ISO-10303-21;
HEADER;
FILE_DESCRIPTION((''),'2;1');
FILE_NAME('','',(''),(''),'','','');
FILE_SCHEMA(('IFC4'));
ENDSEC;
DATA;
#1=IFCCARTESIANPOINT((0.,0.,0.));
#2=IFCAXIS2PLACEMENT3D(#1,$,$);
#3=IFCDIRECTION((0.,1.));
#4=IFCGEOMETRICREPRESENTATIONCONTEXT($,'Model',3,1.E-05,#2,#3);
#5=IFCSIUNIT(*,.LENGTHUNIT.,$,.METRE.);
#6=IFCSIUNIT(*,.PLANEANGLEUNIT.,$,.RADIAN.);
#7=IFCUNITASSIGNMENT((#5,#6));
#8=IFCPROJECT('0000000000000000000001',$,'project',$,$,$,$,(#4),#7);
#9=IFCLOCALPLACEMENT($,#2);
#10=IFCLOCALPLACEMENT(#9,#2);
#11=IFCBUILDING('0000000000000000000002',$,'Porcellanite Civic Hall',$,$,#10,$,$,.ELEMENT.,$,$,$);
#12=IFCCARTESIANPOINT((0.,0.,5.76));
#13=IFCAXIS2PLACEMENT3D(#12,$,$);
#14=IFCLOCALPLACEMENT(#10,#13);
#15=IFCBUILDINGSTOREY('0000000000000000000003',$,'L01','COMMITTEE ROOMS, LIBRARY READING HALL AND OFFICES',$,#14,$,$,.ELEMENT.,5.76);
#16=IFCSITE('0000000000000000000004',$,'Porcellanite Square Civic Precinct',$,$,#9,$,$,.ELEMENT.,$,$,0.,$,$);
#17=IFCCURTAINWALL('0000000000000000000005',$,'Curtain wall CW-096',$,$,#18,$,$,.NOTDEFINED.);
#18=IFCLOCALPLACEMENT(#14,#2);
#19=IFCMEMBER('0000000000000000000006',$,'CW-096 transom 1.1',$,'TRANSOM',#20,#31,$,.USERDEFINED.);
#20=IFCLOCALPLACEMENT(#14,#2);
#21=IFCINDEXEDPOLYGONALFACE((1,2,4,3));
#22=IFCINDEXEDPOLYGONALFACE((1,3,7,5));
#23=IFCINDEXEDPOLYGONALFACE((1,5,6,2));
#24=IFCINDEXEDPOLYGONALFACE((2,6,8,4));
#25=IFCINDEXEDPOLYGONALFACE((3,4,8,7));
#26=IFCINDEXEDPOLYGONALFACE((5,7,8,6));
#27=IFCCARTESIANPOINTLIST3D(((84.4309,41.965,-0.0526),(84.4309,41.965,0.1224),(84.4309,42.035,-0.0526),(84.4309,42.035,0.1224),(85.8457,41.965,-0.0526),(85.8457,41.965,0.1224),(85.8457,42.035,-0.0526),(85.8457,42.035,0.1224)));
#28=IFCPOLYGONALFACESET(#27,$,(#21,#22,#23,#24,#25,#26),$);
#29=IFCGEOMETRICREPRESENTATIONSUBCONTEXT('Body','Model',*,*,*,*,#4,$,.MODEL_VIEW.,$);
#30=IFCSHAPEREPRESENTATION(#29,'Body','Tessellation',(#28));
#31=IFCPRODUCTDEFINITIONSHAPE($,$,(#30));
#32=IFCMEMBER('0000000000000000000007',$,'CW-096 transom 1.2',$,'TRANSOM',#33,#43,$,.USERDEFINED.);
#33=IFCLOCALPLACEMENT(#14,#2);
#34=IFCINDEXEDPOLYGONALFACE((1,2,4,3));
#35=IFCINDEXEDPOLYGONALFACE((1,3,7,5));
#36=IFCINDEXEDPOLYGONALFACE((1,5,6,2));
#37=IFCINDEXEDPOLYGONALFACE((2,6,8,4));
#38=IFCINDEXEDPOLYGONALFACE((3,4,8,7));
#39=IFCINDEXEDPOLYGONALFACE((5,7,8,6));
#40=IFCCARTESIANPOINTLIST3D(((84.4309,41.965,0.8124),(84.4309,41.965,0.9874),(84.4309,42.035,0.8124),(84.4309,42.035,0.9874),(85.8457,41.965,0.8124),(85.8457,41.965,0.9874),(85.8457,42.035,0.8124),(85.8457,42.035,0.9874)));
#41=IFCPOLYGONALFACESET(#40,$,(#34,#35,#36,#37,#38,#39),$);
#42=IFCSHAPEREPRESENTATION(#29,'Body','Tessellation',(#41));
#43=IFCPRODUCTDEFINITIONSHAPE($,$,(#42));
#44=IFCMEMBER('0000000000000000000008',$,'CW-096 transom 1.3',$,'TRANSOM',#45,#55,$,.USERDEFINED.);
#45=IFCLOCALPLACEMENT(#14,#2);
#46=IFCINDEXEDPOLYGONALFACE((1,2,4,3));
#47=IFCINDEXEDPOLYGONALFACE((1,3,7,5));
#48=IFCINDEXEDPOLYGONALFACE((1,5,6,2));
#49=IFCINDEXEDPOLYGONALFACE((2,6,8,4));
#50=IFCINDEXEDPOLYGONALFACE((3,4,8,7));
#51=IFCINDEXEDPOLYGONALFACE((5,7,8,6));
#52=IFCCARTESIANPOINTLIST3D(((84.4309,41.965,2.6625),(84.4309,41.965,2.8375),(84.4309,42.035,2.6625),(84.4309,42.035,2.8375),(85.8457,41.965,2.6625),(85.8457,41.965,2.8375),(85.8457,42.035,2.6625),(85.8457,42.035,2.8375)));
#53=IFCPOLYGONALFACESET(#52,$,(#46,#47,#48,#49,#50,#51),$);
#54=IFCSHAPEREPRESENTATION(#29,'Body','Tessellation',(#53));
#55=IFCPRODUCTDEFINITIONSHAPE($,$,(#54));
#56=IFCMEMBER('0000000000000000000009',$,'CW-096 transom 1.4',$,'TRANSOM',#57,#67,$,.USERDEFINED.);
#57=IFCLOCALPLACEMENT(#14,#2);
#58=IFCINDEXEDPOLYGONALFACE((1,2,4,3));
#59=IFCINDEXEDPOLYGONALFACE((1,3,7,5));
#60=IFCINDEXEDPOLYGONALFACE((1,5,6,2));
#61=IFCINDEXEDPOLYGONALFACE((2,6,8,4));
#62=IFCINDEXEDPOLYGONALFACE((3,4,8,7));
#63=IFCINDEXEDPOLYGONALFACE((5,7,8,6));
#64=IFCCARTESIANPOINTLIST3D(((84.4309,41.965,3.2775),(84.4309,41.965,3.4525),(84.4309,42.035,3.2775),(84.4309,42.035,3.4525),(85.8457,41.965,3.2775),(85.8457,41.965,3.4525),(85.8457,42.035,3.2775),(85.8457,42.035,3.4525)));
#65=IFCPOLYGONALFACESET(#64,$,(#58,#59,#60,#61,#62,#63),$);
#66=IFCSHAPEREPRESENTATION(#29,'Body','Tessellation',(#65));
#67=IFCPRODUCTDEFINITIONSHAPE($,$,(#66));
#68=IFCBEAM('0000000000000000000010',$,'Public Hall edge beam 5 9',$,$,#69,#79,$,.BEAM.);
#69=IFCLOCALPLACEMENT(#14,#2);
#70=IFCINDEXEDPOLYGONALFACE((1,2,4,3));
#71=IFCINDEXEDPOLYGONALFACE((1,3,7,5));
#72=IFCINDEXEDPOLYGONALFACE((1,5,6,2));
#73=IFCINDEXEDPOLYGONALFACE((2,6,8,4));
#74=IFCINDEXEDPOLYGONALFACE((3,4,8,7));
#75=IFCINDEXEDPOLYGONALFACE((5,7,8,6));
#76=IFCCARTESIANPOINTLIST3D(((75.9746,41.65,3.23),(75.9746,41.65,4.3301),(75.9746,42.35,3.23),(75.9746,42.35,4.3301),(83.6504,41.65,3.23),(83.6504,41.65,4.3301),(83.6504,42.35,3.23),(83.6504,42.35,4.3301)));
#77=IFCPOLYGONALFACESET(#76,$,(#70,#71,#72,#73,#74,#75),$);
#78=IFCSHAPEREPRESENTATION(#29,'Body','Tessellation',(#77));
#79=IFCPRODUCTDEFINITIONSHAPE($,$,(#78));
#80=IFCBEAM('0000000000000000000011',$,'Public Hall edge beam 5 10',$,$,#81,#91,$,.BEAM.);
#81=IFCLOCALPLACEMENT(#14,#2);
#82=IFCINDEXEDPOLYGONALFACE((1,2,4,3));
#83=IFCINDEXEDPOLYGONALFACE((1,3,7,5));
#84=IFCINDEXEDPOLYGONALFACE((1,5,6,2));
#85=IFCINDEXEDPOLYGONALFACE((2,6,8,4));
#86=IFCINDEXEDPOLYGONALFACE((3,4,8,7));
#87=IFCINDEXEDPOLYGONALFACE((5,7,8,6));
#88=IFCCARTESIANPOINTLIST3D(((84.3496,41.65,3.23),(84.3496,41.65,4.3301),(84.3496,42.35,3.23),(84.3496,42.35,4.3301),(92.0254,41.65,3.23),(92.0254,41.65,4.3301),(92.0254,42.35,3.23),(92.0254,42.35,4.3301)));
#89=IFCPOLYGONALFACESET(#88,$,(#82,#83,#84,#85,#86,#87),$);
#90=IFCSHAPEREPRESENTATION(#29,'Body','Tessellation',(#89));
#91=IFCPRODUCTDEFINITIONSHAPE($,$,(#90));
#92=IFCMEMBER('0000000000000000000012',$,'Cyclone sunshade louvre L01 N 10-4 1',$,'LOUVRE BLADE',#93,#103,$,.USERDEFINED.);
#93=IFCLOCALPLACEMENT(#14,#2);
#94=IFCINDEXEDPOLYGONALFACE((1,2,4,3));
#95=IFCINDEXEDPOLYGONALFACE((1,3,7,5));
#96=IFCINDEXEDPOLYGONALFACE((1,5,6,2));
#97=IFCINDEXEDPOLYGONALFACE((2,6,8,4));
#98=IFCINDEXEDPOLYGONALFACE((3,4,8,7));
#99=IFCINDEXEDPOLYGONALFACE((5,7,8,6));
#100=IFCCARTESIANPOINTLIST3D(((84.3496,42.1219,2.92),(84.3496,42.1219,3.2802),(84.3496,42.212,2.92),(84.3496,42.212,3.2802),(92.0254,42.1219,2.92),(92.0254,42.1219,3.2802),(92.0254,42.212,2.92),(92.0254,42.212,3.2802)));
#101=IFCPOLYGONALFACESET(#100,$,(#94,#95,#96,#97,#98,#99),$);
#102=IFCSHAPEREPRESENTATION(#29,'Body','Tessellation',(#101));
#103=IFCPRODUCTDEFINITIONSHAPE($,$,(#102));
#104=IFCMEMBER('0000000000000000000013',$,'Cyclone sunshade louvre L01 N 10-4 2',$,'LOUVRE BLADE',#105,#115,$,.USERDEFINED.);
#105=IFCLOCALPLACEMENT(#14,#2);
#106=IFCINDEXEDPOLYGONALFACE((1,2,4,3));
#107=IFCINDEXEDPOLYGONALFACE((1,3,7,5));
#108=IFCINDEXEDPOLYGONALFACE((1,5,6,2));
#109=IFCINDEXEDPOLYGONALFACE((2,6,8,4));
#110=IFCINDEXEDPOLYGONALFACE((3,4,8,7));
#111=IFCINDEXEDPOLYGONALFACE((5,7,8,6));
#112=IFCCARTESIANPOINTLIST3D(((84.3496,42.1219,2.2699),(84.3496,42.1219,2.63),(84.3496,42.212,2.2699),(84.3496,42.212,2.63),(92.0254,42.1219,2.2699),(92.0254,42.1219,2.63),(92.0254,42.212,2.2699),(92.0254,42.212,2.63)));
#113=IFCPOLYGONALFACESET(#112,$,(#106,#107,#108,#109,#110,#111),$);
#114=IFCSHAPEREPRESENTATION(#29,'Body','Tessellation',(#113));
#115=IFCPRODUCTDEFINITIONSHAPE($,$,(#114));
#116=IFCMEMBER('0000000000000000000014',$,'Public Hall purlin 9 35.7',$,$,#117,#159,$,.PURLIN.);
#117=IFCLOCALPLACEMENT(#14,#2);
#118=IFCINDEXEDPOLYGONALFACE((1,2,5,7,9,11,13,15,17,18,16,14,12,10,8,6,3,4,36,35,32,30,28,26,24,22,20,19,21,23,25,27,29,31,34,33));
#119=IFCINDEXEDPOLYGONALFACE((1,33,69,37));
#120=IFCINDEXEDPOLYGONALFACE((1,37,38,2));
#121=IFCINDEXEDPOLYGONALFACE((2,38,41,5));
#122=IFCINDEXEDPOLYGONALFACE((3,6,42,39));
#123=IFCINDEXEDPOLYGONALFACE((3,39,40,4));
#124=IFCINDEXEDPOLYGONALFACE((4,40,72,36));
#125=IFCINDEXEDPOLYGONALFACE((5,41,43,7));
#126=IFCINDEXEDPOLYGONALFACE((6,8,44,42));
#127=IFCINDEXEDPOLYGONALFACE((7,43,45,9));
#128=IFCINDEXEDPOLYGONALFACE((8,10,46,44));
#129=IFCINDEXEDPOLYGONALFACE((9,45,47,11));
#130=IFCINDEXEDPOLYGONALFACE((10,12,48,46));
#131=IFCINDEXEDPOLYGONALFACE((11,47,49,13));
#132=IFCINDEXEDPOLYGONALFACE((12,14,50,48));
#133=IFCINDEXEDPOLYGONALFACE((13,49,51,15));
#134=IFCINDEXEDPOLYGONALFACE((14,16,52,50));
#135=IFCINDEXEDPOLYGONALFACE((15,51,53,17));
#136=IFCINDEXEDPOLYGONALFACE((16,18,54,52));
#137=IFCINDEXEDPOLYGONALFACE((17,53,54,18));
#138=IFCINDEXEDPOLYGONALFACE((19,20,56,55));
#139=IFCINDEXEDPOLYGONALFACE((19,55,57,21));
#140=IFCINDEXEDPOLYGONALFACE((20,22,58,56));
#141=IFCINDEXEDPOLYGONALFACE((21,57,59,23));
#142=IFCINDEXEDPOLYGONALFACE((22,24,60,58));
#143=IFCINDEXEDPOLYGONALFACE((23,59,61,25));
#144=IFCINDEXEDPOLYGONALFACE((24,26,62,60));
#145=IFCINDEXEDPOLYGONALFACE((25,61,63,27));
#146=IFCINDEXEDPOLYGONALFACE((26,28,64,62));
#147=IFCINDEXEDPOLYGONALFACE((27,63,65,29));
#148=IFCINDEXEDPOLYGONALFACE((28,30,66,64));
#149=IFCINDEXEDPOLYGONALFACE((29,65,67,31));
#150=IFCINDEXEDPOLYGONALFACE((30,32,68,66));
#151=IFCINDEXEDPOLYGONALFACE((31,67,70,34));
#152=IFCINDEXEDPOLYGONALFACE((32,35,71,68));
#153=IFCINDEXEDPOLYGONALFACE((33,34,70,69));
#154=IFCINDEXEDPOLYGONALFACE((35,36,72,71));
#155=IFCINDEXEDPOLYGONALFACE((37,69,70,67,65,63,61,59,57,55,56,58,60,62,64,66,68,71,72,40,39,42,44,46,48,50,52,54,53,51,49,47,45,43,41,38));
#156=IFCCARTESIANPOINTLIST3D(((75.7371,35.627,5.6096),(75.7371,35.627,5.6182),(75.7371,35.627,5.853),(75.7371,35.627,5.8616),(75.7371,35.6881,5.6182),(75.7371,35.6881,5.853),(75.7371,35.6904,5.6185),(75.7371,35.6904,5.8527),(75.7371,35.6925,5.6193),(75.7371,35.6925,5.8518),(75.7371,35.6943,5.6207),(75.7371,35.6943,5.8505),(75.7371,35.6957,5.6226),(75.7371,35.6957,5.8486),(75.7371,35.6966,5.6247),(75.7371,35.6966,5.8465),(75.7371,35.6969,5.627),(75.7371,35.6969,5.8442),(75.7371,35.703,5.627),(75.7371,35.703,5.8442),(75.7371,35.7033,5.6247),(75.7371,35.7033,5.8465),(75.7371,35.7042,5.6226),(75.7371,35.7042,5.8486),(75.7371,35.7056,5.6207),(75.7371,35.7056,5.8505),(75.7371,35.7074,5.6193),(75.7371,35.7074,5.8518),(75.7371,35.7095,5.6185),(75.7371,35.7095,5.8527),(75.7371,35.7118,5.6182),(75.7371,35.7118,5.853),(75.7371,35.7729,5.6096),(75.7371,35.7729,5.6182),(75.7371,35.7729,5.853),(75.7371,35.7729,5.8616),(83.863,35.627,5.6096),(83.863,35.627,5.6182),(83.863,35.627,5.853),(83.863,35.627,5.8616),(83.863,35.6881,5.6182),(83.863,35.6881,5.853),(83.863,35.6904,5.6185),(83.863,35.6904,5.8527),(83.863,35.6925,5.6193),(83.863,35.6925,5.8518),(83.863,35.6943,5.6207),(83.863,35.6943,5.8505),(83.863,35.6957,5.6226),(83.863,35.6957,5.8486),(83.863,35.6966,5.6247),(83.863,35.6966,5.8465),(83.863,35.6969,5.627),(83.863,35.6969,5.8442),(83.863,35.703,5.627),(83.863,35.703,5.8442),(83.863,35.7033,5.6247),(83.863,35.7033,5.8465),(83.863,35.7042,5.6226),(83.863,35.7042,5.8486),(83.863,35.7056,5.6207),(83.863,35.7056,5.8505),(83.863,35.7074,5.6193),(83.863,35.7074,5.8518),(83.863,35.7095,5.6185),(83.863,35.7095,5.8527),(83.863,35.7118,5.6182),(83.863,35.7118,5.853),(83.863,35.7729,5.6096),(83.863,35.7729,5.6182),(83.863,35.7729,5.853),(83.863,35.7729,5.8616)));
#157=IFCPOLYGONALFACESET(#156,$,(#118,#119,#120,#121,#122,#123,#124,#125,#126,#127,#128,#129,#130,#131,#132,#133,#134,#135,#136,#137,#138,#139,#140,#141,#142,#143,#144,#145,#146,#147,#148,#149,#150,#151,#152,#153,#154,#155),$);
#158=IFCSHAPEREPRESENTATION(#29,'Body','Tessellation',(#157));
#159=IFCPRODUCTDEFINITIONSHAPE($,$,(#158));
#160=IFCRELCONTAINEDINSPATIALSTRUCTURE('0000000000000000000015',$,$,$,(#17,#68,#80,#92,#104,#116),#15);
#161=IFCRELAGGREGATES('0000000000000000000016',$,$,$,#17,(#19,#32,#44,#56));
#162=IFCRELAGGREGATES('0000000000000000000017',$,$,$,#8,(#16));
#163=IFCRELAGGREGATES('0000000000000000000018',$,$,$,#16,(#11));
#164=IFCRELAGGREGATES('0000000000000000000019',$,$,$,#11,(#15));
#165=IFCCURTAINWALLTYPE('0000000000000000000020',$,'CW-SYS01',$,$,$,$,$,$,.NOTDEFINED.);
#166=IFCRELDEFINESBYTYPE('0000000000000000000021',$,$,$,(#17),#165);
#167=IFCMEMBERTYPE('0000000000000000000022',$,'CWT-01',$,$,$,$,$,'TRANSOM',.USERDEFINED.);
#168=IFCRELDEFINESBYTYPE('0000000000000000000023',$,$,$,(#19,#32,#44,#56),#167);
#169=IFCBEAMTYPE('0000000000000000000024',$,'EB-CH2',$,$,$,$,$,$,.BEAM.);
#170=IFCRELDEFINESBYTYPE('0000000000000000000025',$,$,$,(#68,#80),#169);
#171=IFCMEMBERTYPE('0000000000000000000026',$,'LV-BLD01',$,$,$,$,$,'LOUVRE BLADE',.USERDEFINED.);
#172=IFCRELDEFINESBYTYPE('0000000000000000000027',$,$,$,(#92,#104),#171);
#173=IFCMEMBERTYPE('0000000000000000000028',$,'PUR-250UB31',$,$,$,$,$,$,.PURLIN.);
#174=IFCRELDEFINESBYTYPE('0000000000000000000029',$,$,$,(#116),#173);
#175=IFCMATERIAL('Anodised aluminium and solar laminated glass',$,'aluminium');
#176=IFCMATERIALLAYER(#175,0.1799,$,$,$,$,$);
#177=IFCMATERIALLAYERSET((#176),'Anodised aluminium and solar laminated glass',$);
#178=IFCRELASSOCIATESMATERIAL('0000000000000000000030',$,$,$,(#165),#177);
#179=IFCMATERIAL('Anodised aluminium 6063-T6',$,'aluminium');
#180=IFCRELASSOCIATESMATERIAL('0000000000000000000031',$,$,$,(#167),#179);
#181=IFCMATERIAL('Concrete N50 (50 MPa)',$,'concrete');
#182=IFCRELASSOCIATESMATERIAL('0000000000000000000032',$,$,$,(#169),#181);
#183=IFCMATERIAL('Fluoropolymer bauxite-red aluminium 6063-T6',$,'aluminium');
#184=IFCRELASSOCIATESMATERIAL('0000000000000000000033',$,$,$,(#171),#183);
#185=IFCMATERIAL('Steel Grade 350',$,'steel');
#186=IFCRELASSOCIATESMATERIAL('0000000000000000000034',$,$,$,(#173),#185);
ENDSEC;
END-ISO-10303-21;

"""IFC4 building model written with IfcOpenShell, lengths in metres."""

from ifc_helpers import new_model, si_unit, direction, frame, origin, origin_2d, place, context, subcontext, project, spatial, rectangle, i_section, extrude, material, layer, layer_set, material_profile, profile_set, type_object, element, aggregate, save


model = new_model("IFC4")

# Units and contexts
model_context = context("Model", 3, precision=1e-05, world=origin(), true_north=direction((0.0, 1.0)))
body_context = subcontext(model_context, "Body", "Model", "MODEL_VIEW")
ifc_project = project(units=[si_unit("LENGTHUNIT", "METRE"), si_unit("PLANEANGLEUNIT", "RADIAN")], contexts=[model_context])

# Site, building, storey
site_placement = place(None, origin())
site = spatial("IfcSite", under=ifc_project, at=site_placement, Name="Porcellanite Square Civic Precinct", CompositionType="ELEMENT", RefElevation=0.0)
building_placement = place(site_placement, origin())
building = spatial("IfcBuilding", under=site, at=building_placement, Name="Porcellanite Civic Hall", CompositionType="ELEMENT")
storey_placement = place(building_placement, frame((0.0, 0.0, 5.76)))
storey = spatial("IfcBuildingStorey", under=building, at=storey_placement, Name="L01", Description="COMMITTEE ROOMS, LIBRARY READING HALL AND OFFICES", CompositionType="ELEMENT", Elevation=5.76)

# Shared definitions
ifc_material_1 = material(Name="Anodised aluminium and solar laminated glass", Category="aluminium")
ifc_layer_1 = layer(ifc_material_1, 0.1799)
ifc_layer_set_1 = layer_set([ifc_layer_1], Name="Anodised aluminium and solar laminated glass")
curtain_wall_type = type_object("IfcCurtainWallType", Name="CW-SYS01", PredefinedType="NOTDEFINED", material=ifc_layer_set_1)

# Curtain wall
curtain_wall_1_placement = place(storey_placement, origin())
curtain_wall_1 = element("IfcCurtainWall", 1, at=curtain_wall_1_placement, inside=storey, type_object=curtain_wall_type, Name="Curtain wall CW-096", PredefinedType="NOTDEFINED")

# Members
ifc_material_2 = material(Name="Anodised aluminium 6063-T6", Category="aluminium")
ifc_material_profile_1 = material_profile(ifc_material_2, rectangle(XDim=0.0701, YDim=0.175, at=origin_2d()), Name="AL-70x175")
ifc_profile_set_1 = profile_set([ifc_material_profile_1], Name="Anodised aluminium 6063-T6")
member_type_1 = type_object("IfcMemberType", Name="CWT-01", ElementType="TRANSOM", PredefinedType="USERDEFINED", material=ifc_profile_set_1)
member_1_placement = place(storey_placement, frame((84.4309, 42.0, 0.0349), z_axis=(1.0, 0.0, 0.0), x_axis=(0.0, 1.0, 0.0)))
member_1 = element("IfcMember", 2, at=member_1_placement, type_object=member_type_1, Name="CW-096 transom 1.1", ObjectType="TRANSOM", PredefinedType="USERDEFINED", context=body_context, shape_type="SweptSolid", body=[
    extrude(rectangle(XDim=0.0701, YDim=0.175, at=origin_2d()), origin(), (0.0, 0.0, 1.0), 1.4148),
])
member_2_placement = place(storey_placement, frame((84.4309, 42.0, 0.8999), z_axis=(1.0, 0.0, 0.0), x_axis=(0.0, 1.0, 0.0)))
member_2 = element("IfcMember", 3, at=member_2_placement, type_object=member_type_1, Name="CW-096 transom 1.2", ObjectType="TRANSOM", PredefinedType="USERDEFINED", context=body_context, shape_type="SweptSolid", body=[
    extrude(rectangle(XDim=0.0701, YDim=0.175, at=origin_2d()), origin(), (0.0, 0.0, 1.0), 1.4148),
])
member_3_placement = place(storey_placement, frame((84.4309, 42.0, 2.75), z_axis=(1.0, 0.0, 0.0), x_axis=(0.0, 1.0, 0.0)))
member_3 = element("IfcMember", 4, at=member_3_placement, type_object=member_type_1, Name="CW-096 transom 1.3", ObjectType="TRANSOM", PredefinedType="USERDEFINED", context=body_context, shape_type="SweptSolid", body=[
    extrude(rectangle(XDim=0.0701, YDim=0.175, at=origin_2d()), origin(), (0.0, 0.0, 1.0), 1.4148),
])
member_4_placement = place(storey_placement, frame((84.4309, 42.0, 3.365), z_axis=(1.0, 0.0, 0.0), x_axis=(0.0, 1.0, 0.0)))
member_4 = element("IfcMember", 5, at=member_4_placement, type_object=member_type_1, Name="CW-096 transom 1.4", ObjectType="TRANSOM", PredefinedType="USERDEFINED", context=body_context, shape_type="SweptSolid", body=[
    extrude(rectangle(XDim=0.0701, YDim=0.175, at=origin_2d()), origin(), (0.0, 0.0, 1.0), 1.4148),
])
aggregate(curtain_wall_1, [member_1, member_2, member_3, member_4])

# Beams
ifc_material_3 = material(Name="Concrete N50 (50 MPa)", Category="concrete")
ifc_material_profile_2 = material_profile(ifc_material_3, rectangle(XDim=0.7, YDim=1.1001, at=origin_2d()), Name="RC-700x1100")
ifc_profile_set_2 = profile_set([ifc_material_profile_2], Name="Concrete N50 (50 MPa)")
beam_type = type_object("IfcBeamType", Name="EB-CH2", PredefinedType="BEAM", material=ifc_profile_set_2)
for number, where, z_axis, x_axis, name in (
    (6, (75.9746, 42.0, 3.78), (1.0, 0.0, 0.0), (0.0, 1.0, 0.0), "Public Hall edge beam 5 9"),
    (7, (84.3496, 42.0, 3.78), (1.0, 0.0, 0.0), (0.0, 1.0, 0.0), "Public Hall edge beam 5 10"),
):
    element("IfcBeam", number, at=place(storey_placement, frame(where, z_axis=z_axis, x_axis=x_axis)), inside=storey, type_object=beam_type, Name=name, PredefinedType="BEAM", context=body_context, shape_type="SweptSolid", body=[
        extrude(rectangle(XDim=0.7, YDim=1.1001, at=origin_2d()), origin(), (0.0, 0.0, 1.0), 7.6758),
    ])

# Members
ifc_material_4 = material(Name="Fluoropolymer bauxite-red aluminium 6063-T6", Category="aluminium")
ifc_material_profile_3 = material_profile(ifc_material_4, rectangle(XDim=0.0901, YDim=0.3601, at=origin_2d()), Name="AL-90x360")
ifc_profile_set_3 = profile_set([ifc_material_profile_3], Name="Fluoropolymer bauxite-red aluminium 6063-T6")
member_type_2 = type_object("IfcMemberType", Name="LV-BLD01", ElementType="LOUVRE BLADE", PredefinedType="USERDEFINED", material=ifc_profile_set_3)
for number, where, z_axis, x_axis, name in (
    (8, (84.3496, 42.167, 3.1001), (1.0, 0.0, 0.0), (0.0, 1.0, 0.0), "Cyclone sunshade louvre L01 N 10-4 1"),
    (9, (84.3496, 42.167, 2.45), (1.0, 0.0, 0.0), (0.0, 1.0, 0.0), "Cyclone sunshade louvre L01 N 10-4 2"),
):
    element("IfcMember", number, at=place(storey_placement, frame(where, z_axis=z_axis, x_axis=x_axis)), inside=storey, type_object=member_type_2, Name=name, ObjectType="LOUVRE BLADE", PredefinedType="USERDEFINED", context=body_context, shape_type="SweptSolid", body=[
        extrude(rectangle(XDim=0.0901, YDim=0.3601, at=origin_2d()), origin(), (0.0, 0.0, 1.0), 7.6758),
    ])
ifc_material_5 = material(Name="Steel Grade 350", Category="steel")
ifc_material_profile_4 = material_profile(ifc_material_5, i_section(OverallWidth=0.146, OverallDepth=0.252, WebThickness=0.0061, FlangeThickness=0.0085, FilletRadius=0.0088, at=origin_2d()), Name="250UB31.4")
ifc_profile_set_4 = profile_set([ifc_material_profile_4], Name="Steel Grade 350")
member_type_3 = type_object("IfcMemberType", Name="PUR-250UB31", PredefinedType="PURLIN", material=ifc_profile_set_4)
for number, where, z_axis, x_axis, name in (
    (10, (75.7371, 35.7, 5.7356), (1.0, 0.0, 0.0), (0.0, 1.0, 0.0), "Public Hall purlin 9 35.7"),
):
    element("IfcMember", number, at=place(storey_placement, frame(where, z_axis=z_axis, x_axis=x_axis)), inside=storey, type_object=member_type_3, Name=name, PredefinedType="PURLIN", context=body_context, shape_type="SweptSolid", body=[
        extrude(i_section(OverallWidth=0.146, OverallDepth=0.252, WebThickness=0.0061, FlangeThickness=0.0085, FilletRadius=0.0088, at=origin_2d()), origin(), (0.0, 0.0, 1.0), 8.126),
    ])

save(model, "model.ifc")
